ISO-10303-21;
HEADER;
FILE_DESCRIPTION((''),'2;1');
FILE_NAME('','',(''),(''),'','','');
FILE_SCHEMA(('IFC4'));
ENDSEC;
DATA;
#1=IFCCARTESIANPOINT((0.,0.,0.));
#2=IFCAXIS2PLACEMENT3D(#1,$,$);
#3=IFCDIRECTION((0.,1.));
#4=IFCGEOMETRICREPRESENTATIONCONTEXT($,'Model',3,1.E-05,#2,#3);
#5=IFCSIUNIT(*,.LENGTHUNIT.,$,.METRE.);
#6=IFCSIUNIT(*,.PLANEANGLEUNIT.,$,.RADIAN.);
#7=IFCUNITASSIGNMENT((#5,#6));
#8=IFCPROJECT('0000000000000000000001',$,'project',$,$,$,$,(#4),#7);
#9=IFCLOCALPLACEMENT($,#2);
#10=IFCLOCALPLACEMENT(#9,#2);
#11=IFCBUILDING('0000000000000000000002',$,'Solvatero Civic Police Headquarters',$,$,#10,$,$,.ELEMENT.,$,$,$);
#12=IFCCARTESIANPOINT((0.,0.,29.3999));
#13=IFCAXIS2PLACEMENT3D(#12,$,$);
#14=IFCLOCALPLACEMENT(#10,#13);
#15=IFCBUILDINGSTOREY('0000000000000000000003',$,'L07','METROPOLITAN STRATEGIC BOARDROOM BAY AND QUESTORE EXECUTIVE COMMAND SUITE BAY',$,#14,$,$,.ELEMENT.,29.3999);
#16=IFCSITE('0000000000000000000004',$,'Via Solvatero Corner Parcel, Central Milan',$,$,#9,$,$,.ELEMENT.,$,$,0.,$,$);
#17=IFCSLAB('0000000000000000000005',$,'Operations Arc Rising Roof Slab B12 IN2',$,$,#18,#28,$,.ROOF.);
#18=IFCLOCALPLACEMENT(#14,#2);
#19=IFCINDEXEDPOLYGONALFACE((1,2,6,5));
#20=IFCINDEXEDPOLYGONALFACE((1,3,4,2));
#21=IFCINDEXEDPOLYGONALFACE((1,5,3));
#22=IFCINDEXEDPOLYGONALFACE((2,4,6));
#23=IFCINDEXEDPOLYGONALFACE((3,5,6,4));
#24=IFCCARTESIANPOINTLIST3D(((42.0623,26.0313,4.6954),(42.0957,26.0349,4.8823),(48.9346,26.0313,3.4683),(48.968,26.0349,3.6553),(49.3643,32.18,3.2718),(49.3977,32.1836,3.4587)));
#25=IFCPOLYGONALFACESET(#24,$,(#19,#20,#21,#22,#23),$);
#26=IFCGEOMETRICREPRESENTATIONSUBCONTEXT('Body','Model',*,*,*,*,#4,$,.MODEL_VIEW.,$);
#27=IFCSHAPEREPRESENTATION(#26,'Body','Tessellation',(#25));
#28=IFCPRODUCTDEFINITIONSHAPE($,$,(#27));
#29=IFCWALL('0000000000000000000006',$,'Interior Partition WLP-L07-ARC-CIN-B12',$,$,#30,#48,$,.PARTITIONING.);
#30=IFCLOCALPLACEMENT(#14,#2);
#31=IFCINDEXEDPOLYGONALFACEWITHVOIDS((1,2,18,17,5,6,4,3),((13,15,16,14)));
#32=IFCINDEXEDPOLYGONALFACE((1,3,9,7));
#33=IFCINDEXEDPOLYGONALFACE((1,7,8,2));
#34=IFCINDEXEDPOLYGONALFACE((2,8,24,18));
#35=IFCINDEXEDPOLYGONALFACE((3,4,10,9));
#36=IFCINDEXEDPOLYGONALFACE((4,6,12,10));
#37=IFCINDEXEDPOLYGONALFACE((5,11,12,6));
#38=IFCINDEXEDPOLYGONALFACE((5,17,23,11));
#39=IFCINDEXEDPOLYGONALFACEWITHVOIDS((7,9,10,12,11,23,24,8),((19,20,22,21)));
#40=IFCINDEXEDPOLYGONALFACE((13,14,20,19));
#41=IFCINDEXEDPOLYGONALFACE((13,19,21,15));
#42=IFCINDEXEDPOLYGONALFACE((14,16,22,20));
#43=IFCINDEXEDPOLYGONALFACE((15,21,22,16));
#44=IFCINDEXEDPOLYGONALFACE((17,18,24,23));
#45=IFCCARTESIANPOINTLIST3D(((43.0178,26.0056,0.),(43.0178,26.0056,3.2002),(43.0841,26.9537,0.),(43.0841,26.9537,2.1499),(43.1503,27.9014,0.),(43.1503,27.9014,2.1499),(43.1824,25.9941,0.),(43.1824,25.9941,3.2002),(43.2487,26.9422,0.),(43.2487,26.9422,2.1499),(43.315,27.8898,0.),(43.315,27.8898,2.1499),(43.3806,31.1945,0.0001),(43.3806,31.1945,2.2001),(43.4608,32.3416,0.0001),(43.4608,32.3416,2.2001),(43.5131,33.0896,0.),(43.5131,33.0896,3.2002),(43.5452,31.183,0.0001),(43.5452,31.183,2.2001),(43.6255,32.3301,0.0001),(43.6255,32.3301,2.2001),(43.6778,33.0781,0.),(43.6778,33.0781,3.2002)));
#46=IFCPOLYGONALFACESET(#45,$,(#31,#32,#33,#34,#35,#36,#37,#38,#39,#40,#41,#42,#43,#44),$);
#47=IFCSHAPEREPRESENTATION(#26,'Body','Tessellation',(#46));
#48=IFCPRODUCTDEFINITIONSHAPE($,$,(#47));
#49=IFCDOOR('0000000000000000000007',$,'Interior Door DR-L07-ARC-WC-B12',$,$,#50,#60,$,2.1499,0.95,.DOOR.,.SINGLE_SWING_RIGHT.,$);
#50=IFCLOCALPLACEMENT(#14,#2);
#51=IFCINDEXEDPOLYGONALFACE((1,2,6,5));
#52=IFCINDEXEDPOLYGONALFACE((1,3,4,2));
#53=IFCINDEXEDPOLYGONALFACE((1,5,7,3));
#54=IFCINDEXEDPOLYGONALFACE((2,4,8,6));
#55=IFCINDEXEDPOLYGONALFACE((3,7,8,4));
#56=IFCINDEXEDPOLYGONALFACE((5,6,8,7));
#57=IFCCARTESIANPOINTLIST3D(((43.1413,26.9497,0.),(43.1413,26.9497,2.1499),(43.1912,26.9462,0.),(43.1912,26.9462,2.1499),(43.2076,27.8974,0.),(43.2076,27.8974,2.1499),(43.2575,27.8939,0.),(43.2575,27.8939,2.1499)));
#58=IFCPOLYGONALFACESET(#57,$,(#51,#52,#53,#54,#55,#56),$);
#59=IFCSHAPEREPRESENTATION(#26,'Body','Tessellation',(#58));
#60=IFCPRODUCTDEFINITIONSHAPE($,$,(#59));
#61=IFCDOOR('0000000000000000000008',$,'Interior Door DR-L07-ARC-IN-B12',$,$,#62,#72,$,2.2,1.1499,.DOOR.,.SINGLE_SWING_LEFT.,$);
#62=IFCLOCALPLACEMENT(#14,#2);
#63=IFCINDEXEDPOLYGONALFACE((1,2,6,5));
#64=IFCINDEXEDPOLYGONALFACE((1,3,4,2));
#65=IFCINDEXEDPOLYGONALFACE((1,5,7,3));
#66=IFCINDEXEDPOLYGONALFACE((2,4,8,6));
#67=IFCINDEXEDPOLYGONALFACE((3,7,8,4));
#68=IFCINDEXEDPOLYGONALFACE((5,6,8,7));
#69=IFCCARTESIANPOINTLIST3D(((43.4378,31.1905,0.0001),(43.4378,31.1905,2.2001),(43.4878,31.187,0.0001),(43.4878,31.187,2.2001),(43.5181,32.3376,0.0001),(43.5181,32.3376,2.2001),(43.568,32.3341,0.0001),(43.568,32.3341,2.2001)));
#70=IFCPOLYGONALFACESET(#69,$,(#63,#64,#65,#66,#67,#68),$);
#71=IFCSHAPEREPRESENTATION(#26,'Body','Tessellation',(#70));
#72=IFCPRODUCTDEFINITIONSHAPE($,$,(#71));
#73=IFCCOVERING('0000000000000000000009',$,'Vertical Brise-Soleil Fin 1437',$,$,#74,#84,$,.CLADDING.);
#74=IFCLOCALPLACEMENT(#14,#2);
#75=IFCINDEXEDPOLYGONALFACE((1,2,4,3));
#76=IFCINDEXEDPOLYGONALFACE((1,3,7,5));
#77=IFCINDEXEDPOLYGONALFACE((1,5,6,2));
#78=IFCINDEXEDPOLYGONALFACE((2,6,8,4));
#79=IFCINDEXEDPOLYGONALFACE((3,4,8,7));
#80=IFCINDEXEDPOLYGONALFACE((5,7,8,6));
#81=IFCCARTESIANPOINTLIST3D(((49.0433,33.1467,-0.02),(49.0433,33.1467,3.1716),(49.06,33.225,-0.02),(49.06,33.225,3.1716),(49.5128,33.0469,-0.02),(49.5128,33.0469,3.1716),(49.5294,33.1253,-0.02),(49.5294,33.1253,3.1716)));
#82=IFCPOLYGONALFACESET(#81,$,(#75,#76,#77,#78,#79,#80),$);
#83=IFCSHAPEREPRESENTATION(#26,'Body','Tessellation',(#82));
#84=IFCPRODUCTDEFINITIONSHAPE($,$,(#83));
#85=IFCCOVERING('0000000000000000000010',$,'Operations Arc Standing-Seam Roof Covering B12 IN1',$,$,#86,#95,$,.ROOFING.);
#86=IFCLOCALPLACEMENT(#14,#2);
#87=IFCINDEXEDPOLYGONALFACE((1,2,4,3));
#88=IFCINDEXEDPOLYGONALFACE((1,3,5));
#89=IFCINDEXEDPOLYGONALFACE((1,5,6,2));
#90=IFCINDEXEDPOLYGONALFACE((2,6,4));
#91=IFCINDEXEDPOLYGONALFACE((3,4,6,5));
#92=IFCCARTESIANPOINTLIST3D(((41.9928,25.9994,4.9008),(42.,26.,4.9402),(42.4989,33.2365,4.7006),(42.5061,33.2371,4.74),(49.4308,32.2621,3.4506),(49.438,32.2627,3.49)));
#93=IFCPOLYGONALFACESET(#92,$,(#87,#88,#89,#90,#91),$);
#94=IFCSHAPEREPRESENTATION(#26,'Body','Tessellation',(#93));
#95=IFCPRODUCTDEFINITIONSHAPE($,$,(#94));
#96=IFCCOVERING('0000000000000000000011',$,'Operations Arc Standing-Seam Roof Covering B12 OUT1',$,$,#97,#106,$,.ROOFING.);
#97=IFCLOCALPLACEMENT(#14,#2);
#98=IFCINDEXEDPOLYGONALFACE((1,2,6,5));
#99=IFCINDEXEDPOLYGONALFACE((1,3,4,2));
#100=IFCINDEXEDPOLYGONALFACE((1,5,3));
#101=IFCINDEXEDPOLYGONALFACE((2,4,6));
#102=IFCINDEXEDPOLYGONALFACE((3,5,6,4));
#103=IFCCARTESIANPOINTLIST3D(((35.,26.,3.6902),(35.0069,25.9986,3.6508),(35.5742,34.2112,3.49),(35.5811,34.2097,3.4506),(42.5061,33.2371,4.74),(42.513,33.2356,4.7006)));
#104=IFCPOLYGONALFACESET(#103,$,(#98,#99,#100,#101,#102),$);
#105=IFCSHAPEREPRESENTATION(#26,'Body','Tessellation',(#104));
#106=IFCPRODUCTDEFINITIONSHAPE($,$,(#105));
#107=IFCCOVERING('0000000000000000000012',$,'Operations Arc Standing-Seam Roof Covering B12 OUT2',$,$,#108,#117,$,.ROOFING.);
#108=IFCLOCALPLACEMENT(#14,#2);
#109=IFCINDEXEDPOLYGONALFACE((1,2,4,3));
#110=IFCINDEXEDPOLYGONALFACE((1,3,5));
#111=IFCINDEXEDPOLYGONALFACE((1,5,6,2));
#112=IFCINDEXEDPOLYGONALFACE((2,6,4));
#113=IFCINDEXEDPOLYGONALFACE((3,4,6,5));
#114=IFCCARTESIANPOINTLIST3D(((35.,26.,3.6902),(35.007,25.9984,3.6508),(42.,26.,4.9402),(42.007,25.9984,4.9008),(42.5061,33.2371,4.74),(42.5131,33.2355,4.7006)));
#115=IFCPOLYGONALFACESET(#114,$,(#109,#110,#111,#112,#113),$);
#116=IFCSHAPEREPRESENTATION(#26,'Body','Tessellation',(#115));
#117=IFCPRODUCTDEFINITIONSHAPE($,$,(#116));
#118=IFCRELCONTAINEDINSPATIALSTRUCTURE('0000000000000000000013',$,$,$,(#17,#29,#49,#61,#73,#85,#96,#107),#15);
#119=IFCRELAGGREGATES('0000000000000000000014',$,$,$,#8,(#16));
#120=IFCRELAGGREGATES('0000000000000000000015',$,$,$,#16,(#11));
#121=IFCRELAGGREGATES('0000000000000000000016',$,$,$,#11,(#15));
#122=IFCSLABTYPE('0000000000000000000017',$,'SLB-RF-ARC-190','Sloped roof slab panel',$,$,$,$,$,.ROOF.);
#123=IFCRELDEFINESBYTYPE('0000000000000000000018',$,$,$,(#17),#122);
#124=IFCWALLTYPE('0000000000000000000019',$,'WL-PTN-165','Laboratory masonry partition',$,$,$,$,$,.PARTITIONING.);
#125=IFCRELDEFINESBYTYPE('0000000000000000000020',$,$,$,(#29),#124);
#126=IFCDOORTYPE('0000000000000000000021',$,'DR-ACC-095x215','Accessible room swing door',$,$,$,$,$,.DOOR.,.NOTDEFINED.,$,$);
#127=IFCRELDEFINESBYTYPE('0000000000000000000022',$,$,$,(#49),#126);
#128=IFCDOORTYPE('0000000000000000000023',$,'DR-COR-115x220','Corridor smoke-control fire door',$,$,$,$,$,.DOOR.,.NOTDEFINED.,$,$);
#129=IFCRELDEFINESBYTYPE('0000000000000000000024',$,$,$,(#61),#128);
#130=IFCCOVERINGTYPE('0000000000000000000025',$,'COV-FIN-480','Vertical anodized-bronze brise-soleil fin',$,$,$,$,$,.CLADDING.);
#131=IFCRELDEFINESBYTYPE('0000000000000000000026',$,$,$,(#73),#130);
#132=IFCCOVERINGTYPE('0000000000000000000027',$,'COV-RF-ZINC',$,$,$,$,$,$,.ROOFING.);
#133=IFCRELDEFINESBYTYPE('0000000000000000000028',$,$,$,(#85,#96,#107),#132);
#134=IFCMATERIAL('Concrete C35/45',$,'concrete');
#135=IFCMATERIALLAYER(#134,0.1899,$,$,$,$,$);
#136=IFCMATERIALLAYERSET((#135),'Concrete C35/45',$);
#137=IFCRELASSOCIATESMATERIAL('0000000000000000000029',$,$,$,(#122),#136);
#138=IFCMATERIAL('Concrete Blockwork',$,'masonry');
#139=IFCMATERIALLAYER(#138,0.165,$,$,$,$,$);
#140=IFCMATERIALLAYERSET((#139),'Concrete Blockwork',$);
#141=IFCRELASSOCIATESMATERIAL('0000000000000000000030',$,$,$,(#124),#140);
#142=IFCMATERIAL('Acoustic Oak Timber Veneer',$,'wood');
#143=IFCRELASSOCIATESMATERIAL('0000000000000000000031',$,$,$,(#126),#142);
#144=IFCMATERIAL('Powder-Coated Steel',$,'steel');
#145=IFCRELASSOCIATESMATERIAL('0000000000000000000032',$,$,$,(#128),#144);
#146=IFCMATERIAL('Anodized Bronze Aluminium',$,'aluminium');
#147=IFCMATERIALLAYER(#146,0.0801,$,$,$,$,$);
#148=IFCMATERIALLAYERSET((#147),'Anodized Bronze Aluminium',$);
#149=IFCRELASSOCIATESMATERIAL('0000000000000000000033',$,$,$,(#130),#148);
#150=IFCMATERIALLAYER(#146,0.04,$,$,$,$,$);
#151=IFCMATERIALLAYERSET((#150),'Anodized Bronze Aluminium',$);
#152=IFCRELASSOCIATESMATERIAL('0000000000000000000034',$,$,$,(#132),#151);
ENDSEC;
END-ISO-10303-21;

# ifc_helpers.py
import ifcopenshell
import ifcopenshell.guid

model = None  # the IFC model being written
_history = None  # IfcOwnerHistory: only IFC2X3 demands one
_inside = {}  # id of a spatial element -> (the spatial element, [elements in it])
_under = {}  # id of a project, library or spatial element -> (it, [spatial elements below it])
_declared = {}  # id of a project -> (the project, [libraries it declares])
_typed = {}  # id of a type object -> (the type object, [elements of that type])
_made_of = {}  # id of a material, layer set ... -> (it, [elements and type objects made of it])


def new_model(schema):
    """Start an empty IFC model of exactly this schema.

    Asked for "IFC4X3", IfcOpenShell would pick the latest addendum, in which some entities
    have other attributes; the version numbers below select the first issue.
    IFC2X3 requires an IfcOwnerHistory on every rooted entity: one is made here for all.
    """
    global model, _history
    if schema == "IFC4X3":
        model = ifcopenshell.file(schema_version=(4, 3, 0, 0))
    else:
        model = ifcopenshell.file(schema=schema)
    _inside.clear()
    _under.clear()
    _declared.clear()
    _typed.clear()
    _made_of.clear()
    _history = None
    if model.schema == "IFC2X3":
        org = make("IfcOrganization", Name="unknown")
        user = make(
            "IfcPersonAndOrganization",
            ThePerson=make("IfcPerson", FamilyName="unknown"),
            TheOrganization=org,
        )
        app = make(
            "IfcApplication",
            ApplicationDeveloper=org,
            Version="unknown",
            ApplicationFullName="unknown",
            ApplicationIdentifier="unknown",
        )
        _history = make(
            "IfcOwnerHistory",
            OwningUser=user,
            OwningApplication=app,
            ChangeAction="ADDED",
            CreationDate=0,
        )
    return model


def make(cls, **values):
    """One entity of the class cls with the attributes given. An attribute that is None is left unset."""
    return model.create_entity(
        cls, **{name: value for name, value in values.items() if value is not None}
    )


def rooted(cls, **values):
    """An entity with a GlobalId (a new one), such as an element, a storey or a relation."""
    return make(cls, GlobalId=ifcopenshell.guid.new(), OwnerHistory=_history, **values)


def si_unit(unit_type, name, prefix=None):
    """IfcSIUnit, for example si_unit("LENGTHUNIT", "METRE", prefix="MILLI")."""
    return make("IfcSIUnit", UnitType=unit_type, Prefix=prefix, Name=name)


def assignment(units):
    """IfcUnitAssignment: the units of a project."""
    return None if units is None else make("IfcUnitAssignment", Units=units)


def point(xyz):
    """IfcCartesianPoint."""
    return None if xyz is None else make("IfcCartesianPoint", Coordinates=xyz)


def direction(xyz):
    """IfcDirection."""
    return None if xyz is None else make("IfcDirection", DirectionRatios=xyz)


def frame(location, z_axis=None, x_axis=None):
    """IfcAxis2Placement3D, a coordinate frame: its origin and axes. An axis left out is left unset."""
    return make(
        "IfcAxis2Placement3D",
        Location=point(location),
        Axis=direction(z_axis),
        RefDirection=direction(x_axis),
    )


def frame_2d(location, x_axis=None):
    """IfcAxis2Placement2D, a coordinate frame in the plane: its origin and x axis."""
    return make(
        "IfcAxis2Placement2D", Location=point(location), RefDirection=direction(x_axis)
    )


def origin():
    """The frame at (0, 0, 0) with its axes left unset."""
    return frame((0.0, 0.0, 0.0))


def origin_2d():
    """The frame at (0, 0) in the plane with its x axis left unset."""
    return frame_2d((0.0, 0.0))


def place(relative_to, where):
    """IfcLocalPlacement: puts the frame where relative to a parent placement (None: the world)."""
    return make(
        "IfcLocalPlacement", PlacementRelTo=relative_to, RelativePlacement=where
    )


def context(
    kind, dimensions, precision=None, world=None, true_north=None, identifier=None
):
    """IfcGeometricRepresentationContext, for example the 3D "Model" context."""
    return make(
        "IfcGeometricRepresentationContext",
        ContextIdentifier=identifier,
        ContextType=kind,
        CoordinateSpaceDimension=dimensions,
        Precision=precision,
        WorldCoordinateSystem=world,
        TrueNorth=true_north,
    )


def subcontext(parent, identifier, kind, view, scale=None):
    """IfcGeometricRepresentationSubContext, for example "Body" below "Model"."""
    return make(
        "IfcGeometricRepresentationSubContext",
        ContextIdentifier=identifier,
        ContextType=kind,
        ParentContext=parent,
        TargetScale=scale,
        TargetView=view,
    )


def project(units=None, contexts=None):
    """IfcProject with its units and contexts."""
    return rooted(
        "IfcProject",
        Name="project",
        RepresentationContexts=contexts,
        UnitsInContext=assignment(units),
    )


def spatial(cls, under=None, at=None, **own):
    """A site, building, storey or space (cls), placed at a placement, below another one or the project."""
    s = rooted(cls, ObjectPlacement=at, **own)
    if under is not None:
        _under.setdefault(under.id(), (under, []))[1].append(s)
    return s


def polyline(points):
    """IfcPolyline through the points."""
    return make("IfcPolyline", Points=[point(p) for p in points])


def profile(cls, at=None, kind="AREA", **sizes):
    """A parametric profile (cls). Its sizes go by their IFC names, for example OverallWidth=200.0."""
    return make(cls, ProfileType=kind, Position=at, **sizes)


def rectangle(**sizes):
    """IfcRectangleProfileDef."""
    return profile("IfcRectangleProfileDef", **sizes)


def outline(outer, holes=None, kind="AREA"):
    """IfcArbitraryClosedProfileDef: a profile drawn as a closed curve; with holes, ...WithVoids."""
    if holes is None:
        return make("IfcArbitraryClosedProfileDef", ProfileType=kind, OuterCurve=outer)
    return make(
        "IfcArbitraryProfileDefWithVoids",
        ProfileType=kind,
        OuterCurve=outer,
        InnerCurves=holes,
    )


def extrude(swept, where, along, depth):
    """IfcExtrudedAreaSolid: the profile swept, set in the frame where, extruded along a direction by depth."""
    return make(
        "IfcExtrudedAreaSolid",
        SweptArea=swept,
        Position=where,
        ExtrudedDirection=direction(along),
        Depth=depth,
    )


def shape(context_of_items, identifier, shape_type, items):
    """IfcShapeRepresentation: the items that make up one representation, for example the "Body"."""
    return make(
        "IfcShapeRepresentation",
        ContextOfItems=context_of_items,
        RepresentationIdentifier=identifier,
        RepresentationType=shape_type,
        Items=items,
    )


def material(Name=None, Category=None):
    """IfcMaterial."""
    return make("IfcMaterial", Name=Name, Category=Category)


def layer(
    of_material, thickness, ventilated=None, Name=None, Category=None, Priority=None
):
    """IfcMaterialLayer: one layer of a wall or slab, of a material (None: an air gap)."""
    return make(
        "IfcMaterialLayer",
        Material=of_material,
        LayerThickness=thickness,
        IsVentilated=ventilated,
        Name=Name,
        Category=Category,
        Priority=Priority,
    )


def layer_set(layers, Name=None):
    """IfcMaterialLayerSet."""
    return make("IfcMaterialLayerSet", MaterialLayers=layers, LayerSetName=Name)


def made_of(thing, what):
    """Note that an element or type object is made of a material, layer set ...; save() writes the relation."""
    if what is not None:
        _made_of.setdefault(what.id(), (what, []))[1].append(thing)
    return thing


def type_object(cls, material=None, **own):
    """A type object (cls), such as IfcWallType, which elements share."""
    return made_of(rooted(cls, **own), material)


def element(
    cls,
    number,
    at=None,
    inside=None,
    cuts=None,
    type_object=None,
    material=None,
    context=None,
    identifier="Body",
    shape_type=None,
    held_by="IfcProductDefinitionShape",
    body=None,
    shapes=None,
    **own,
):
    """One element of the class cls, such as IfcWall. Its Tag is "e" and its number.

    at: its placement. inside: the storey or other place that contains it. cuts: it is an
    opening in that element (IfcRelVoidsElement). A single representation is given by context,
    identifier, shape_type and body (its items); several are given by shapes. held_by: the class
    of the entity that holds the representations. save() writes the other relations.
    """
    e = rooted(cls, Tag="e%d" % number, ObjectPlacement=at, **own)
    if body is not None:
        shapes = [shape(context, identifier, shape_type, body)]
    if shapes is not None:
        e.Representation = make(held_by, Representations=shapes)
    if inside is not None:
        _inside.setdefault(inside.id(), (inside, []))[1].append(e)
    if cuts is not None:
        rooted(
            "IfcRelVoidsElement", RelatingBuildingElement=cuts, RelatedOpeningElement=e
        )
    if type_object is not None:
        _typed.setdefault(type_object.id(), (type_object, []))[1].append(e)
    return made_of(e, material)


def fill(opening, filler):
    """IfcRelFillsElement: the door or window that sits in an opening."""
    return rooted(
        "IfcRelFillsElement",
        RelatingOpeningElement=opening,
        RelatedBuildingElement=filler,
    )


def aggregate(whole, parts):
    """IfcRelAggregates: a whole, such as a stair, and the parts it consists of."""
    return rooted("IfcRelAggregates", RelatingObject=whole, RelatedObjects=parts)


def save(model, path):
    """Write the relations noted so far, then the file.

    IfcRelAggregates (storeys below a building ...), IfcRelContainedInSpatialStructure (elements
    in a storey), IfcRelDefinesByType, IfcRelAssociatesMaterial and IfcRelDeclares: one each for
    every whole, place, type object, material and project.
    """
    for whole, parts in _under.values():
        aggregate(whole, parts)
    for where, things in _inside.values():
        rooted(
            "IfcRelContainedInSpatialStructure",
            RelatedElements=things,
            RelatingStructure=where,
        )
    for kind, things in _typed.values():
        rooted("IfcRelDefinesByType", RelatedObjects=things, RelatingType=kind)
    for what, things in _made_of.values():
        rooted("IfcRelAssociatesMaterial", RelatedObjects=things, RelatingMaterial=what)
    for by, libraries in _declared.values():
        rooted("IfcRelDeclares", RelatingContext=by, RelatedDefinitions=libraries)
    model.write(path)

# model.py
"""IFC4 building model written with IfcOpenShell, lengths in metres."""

from ifc_helpers import new_model, si_unit, direction, frame, frame_2d, origin, origin_2d, place, context, subcontext, project, spatial, polyline, rectangle, outline, extrude, material, layer, layer_set, type_object, element, fill, save


model = new_model("IFC4")

# Units and contexts
model_context = context("Model", 3, precision=1e-05, world=origin(), true_north=direction((0.0, 1.0)))
body_context = subcontext(model_context, "Body", "Model", "MODEL_VIEW")
ifc_project = project(units=[si_unit("LENGTHUNIT", "METRE"), si_unit("PLANEANGLEUNIT", "RADIAN")], contexts=[model_context])

# Site, building, storey
site_placement = place(None, origin())
site = spatial("IfcSite", under=ifc_project, at=site_placement, Name="Via Solvatero Corner Parcel, Central Milan", CompositionType="ELEMENT", RefElevation=0.0)
building_placement = place(site_placement, origin())
building = spatial("IfcBuilding", under=site, at=building_placement, Name="Solvatero Civic Police Headquarters", CompositionType="ELEMENT")
storey_placement = place(building_placement, frame((0.0, 0.0, 29.3999)))
storey = spatial("IfcBuildingStorey", under=building, at=storey_placement, Name="L07", Description="METROPOLITAN STRATEGIC BOARDROOM BAY AND QUESTORE EXECUTIVE COMMAND SUITE BAY", CompositionType="ELEMENT", Elevation=29.3999)

# Shared definitions
ifc_material_1 = material(Name="Anodized Bronze Aluminium", Category="aluminium")

# Slab
ifc_material_2 = material(Name="Concrete C35/45", Category="concrete")
ifc_layer_1 = layer(ifc_material_2, 0.1899)
ifc_layer_set_1 = layer_set([ifc_layer_1], Name="Concrete C35/45")
slab_type = type_object("IfcSlabType", Name="SLB-RF-ARC-190", Description="Sloped roof slab panel", PredefinedType="ROOF", material=ifc_layer_set_1)
slab_1_placement = place(storey_placement, frame((49.3977, 32.1836, 3.4587), z_axis=(0.175738, 0.019179, 0.98425), x_axis=(-0.069677, -0.99706, 0.03187)))
element("IfcSlab", 1, at=slab_1_placement, inside=storey, type_object=slab_type, Name="Operations Arc Rising Roof Slab B12 IN2", PredefinedType="ROOF", context=body_context, shape_type="SweptSolid", body=[
    extrude(outline(polyline([(0.0, 0.0), (6.1668, 0.0), (6.6848, -6.9618), (0.0, 0.0)])), origin(), (0.0, 0.0, -1.0), 0.1899),
])

# Wall, openings, doors
ifc_material_3 = material(Name="Concrete Blockwork", Category="masonry")
ifc_layer_2 = layer(ifc_material_3, 0.165)
ifc_layer_set_2 = layer_set([ifc_layer_2], Name="Concrete Blockwork")
wall_type = type_object("IfcWallType", Name="WL-PTN-165", Description="Laboratory masonry partition", PredefinedType="PARTITIONING", material=ifc_layer_set_2)
wall_placement = place(storey_placement, frame((43.5955, 33.084, 0.0), z_axis=(0.0, 0.0, 1.0), x_axis=(-0.069757, -0.997564, 0.0)))
wall = element("IfcWall", 2, at=wall_placement, inside=storey, type_object=wall_type, Name="Interior Partition WLP-L07-ARC-CIN-B12", PredefinedType="PARTITIONING", context=body_context, shape_type="SweptSolid", body=[
    extrude(rectangle(XDim=7.1013, YDim=0.165, at=frame_2d((3.5508, 0.0))), origin(), (0.0, 0.0, 1.0), 3.2002),
])
opening_1_placement = place(wall_placement, frame((5.2009, 0.0, 0.0)))
opening_1 = element("IfcOpeningElement", 3, at=opening_1_placement, cuts=wall, PredefinedType="OPENING", context=body_context, shape_type="SweptSolid", body=[
    extrude(rectangle(XDim=0.95, YDim=2.1499, at=frame_2d((0.4751, 1.075))), frame((0.0, 0.0925, 0.0), z_axis=(0.0, -1.0, 0.0), x_axis=(1.0, 0.0, 0.0)), (0.0, 0.0, 1.0), 0.1851),
])
opening_2_placement = place(wall_placement, frame((0.75, 0.0, 0.0)))
opening_2 = element("IfcOpeningElement", 4, at=opening_2_placement, cuts=wall, PredefinedType="OPENING", context=body_context, shape_type="SweptSolid", body=[
    extrude(rectangle(XDim=1.1499, YDim=2.2, at=frame_2d((0.575, 1.1001))), frame((0.0, 0.0925, 0.0), z_axis=(0.0, -1.0, 0.0), x_axis=(1.0, 0.0, 0.0)), (0.0, 0.0, 1.0), 0.1851),
])
ifc_material_4 = material(Name="Acoustic Oak Timber Veneer", Category="wood")
door_type_1 = type_object("IfcDoorType", Name="DR-ACC-095x215", Description="Accessible room swing door", OperationType="NOTDEFINED", PredefinedType="DOOR", material=ifc_material_4)
door_1_placement = place(opening_1_placement, origin())
door_1 = element("IfcDoor", 5, at=door_1_placement, inside=storey, type_object=door_type_1, Name="Interior Door DR-L07-ARC-WC-B12", OperationType="SINGLE_SWING_RIGHT", OverallHeight=2.1499, OverallWidth=0.95, PredefinedType="DOOR", context=body_context, shape_type="SweptSolid", body=[
    extrude(rectangle(XDim=0.95, YDim=2.1499, at=frame_2d((0.4751, 1.075))), frame((0.0, 0.0249, 0.0), z_axis=(0.0, -1.0, 0.0), x_axis=(1.0, 0.0, 0.0)), (0.0, 0.0, 1.0), 0.05),
])
fill(opening_1, door_1)
ifc_material_5 = material(Name="Powder-Coated Steel", Category="steel")
door_type_2 = type_object("IfcDoorType", Name="DR-COR-115x220", Description="Corridor smoke-control fire door", OperationType="NOTDEFINED", PredefinedType="DOOR", material=ifc_material_5)
door_2_placement = place(opening_2_placement, origin())
door_2 = element("IfcDoor", 6, at=door_2_placement, inside=storey, type_object=door_type_2, Name="Interior Door DR-L07-ARC-IN-B12", OperationType="SINGLE_SWING_LEFT", OverallHeight=2.2, OverallWidth=1.1499, PredefinedType="DOOR", context=body_context, shape_type="SweptSolid", body=[
    extrude(rectangle(XDim=1.1499, YDim=2.2, at=frame_2d((0.575, 1.1001))), frame((0.0, 0.0249, 0.0), z_axis=(0.0, -1.0, 0.0), x_axis=(1.0, 0.0, 0.0)), (0.0, 0.0, 1.0), 0.05),
])
fill(opening_2, door_2)

# Coverings
ifc_layer_3 = layer(ifc_material_1, 0.0801)
ifc_layer_set_3 = layer_set([ifc_layer_3], Name="Anodized Bronze Aluminium")
covering_type_1 = type_object("IfcCoveringType", Name="COV-FIN-480", Description="Vertical anodized-bronze brise-soleil fin", PredefinedType="CLADDING", material=ifc_layer_set_3)
covering_1_placement = place(storey_placement, frame((49.2864, 33.136, -0.02), z_axis=(0.0, 0.0, 1.0), x_axis=(-0.207912, -0.978148, 0.0)))
element("IfcCovering", 7, at=covering_1_placement, inside=storey, type_object=covering_type_1, Name="Vertical Brise-Soleil Fin 1437", PredefinedType="CLADDING", context=body_context, shape_type="SweptSolid", body=[
    extrude(rectangle(XDim=0.0801, YDim=0.48, at=origin_2d()), origin(), (0.0, 0.0, 1.0), 3.1917),
])
ifc_layer_4 = layer(ifc_material_1, 0.04)
ifc_layer_set_4 = layer_set([ifc_layer_4], Name="Anodized Bronze Aluminium")
covering_type_2 = type_object("IfcCoveringType", Name="COV-RF-ZINC", PredefinedType="ROOFING", material=ifc_layer_set_4)
covering_2_placement = place(storey_placement, frame((49.438, 32.2627, 3.49), z_axis=(0.17944, 0.014662, 0.98366), x_axis=(-0.974844, 0.137027, 0.17579)))
element("IfcCovering", 8, at=covering_2_placement, inside=storey, type_object=covering_type_2, Name="Operations Arc Standing-Seam Roof Covering B12 IN1", PredefinedType="ROOFING", context=body_context, shape_type="SweptSolid", body=[
    extrude(outline(polyline([(0.0, 0.0), (7.1108, 0.0), (6.6477, 7.2427), (0.0, 0.0)])), origin(), (0.0, 0.0, -1.0), 0.04),
])
covering_3_placement = place(storey_placement, frame((42.5061, 33.2371, 4.74), z_axis=(-0.172439, 0.036058, 0.98436), x_axis=(-0.974849, 0.136993, -0.175791)))
element("IfcCovering", 9, at=covering_3_placement, inside=storey, type_object=covering_type_2, Name="Operations Arc Standing-Seam Roof Covering B12 OUT1", PredefinedType="ROOFING", context=body_context, shape_type="SweptSolid", body=[
    extrude(outline(polyline([(0.0, 0.0), (7.1107, 0.0), (6.5104, 8.2118), (0.0, 0.0)])), origin(), (0.0, 0.0, -1.0), 0.04),
])
covering_4_placement = place(storey_placement, frame((42.5061, 33.2371, 4.74), z_axis=(-0.175653, 0.039494, 0.98366), x_axis=(-0.716269, -0.690596, -0.100178)))
element("IfcCovering", 10, at=covering_4_placement, inside=storey, type_object=covering_type_2, Name="Operations Arc Standing-Seam Roof Covering B12 OUT2", PredefinedType="ROOFING", context=body_context, shape_type="SweptSolid", body=[
    extrude(outline(polyline([(0.0, 0.0), (10.4794, 0.0), (5.3403, 4.9145), (0.0, 0.0)])), origin(), (0.0, 0.0, -1.0), 0.04),
])

save(model, "model.ifc")
